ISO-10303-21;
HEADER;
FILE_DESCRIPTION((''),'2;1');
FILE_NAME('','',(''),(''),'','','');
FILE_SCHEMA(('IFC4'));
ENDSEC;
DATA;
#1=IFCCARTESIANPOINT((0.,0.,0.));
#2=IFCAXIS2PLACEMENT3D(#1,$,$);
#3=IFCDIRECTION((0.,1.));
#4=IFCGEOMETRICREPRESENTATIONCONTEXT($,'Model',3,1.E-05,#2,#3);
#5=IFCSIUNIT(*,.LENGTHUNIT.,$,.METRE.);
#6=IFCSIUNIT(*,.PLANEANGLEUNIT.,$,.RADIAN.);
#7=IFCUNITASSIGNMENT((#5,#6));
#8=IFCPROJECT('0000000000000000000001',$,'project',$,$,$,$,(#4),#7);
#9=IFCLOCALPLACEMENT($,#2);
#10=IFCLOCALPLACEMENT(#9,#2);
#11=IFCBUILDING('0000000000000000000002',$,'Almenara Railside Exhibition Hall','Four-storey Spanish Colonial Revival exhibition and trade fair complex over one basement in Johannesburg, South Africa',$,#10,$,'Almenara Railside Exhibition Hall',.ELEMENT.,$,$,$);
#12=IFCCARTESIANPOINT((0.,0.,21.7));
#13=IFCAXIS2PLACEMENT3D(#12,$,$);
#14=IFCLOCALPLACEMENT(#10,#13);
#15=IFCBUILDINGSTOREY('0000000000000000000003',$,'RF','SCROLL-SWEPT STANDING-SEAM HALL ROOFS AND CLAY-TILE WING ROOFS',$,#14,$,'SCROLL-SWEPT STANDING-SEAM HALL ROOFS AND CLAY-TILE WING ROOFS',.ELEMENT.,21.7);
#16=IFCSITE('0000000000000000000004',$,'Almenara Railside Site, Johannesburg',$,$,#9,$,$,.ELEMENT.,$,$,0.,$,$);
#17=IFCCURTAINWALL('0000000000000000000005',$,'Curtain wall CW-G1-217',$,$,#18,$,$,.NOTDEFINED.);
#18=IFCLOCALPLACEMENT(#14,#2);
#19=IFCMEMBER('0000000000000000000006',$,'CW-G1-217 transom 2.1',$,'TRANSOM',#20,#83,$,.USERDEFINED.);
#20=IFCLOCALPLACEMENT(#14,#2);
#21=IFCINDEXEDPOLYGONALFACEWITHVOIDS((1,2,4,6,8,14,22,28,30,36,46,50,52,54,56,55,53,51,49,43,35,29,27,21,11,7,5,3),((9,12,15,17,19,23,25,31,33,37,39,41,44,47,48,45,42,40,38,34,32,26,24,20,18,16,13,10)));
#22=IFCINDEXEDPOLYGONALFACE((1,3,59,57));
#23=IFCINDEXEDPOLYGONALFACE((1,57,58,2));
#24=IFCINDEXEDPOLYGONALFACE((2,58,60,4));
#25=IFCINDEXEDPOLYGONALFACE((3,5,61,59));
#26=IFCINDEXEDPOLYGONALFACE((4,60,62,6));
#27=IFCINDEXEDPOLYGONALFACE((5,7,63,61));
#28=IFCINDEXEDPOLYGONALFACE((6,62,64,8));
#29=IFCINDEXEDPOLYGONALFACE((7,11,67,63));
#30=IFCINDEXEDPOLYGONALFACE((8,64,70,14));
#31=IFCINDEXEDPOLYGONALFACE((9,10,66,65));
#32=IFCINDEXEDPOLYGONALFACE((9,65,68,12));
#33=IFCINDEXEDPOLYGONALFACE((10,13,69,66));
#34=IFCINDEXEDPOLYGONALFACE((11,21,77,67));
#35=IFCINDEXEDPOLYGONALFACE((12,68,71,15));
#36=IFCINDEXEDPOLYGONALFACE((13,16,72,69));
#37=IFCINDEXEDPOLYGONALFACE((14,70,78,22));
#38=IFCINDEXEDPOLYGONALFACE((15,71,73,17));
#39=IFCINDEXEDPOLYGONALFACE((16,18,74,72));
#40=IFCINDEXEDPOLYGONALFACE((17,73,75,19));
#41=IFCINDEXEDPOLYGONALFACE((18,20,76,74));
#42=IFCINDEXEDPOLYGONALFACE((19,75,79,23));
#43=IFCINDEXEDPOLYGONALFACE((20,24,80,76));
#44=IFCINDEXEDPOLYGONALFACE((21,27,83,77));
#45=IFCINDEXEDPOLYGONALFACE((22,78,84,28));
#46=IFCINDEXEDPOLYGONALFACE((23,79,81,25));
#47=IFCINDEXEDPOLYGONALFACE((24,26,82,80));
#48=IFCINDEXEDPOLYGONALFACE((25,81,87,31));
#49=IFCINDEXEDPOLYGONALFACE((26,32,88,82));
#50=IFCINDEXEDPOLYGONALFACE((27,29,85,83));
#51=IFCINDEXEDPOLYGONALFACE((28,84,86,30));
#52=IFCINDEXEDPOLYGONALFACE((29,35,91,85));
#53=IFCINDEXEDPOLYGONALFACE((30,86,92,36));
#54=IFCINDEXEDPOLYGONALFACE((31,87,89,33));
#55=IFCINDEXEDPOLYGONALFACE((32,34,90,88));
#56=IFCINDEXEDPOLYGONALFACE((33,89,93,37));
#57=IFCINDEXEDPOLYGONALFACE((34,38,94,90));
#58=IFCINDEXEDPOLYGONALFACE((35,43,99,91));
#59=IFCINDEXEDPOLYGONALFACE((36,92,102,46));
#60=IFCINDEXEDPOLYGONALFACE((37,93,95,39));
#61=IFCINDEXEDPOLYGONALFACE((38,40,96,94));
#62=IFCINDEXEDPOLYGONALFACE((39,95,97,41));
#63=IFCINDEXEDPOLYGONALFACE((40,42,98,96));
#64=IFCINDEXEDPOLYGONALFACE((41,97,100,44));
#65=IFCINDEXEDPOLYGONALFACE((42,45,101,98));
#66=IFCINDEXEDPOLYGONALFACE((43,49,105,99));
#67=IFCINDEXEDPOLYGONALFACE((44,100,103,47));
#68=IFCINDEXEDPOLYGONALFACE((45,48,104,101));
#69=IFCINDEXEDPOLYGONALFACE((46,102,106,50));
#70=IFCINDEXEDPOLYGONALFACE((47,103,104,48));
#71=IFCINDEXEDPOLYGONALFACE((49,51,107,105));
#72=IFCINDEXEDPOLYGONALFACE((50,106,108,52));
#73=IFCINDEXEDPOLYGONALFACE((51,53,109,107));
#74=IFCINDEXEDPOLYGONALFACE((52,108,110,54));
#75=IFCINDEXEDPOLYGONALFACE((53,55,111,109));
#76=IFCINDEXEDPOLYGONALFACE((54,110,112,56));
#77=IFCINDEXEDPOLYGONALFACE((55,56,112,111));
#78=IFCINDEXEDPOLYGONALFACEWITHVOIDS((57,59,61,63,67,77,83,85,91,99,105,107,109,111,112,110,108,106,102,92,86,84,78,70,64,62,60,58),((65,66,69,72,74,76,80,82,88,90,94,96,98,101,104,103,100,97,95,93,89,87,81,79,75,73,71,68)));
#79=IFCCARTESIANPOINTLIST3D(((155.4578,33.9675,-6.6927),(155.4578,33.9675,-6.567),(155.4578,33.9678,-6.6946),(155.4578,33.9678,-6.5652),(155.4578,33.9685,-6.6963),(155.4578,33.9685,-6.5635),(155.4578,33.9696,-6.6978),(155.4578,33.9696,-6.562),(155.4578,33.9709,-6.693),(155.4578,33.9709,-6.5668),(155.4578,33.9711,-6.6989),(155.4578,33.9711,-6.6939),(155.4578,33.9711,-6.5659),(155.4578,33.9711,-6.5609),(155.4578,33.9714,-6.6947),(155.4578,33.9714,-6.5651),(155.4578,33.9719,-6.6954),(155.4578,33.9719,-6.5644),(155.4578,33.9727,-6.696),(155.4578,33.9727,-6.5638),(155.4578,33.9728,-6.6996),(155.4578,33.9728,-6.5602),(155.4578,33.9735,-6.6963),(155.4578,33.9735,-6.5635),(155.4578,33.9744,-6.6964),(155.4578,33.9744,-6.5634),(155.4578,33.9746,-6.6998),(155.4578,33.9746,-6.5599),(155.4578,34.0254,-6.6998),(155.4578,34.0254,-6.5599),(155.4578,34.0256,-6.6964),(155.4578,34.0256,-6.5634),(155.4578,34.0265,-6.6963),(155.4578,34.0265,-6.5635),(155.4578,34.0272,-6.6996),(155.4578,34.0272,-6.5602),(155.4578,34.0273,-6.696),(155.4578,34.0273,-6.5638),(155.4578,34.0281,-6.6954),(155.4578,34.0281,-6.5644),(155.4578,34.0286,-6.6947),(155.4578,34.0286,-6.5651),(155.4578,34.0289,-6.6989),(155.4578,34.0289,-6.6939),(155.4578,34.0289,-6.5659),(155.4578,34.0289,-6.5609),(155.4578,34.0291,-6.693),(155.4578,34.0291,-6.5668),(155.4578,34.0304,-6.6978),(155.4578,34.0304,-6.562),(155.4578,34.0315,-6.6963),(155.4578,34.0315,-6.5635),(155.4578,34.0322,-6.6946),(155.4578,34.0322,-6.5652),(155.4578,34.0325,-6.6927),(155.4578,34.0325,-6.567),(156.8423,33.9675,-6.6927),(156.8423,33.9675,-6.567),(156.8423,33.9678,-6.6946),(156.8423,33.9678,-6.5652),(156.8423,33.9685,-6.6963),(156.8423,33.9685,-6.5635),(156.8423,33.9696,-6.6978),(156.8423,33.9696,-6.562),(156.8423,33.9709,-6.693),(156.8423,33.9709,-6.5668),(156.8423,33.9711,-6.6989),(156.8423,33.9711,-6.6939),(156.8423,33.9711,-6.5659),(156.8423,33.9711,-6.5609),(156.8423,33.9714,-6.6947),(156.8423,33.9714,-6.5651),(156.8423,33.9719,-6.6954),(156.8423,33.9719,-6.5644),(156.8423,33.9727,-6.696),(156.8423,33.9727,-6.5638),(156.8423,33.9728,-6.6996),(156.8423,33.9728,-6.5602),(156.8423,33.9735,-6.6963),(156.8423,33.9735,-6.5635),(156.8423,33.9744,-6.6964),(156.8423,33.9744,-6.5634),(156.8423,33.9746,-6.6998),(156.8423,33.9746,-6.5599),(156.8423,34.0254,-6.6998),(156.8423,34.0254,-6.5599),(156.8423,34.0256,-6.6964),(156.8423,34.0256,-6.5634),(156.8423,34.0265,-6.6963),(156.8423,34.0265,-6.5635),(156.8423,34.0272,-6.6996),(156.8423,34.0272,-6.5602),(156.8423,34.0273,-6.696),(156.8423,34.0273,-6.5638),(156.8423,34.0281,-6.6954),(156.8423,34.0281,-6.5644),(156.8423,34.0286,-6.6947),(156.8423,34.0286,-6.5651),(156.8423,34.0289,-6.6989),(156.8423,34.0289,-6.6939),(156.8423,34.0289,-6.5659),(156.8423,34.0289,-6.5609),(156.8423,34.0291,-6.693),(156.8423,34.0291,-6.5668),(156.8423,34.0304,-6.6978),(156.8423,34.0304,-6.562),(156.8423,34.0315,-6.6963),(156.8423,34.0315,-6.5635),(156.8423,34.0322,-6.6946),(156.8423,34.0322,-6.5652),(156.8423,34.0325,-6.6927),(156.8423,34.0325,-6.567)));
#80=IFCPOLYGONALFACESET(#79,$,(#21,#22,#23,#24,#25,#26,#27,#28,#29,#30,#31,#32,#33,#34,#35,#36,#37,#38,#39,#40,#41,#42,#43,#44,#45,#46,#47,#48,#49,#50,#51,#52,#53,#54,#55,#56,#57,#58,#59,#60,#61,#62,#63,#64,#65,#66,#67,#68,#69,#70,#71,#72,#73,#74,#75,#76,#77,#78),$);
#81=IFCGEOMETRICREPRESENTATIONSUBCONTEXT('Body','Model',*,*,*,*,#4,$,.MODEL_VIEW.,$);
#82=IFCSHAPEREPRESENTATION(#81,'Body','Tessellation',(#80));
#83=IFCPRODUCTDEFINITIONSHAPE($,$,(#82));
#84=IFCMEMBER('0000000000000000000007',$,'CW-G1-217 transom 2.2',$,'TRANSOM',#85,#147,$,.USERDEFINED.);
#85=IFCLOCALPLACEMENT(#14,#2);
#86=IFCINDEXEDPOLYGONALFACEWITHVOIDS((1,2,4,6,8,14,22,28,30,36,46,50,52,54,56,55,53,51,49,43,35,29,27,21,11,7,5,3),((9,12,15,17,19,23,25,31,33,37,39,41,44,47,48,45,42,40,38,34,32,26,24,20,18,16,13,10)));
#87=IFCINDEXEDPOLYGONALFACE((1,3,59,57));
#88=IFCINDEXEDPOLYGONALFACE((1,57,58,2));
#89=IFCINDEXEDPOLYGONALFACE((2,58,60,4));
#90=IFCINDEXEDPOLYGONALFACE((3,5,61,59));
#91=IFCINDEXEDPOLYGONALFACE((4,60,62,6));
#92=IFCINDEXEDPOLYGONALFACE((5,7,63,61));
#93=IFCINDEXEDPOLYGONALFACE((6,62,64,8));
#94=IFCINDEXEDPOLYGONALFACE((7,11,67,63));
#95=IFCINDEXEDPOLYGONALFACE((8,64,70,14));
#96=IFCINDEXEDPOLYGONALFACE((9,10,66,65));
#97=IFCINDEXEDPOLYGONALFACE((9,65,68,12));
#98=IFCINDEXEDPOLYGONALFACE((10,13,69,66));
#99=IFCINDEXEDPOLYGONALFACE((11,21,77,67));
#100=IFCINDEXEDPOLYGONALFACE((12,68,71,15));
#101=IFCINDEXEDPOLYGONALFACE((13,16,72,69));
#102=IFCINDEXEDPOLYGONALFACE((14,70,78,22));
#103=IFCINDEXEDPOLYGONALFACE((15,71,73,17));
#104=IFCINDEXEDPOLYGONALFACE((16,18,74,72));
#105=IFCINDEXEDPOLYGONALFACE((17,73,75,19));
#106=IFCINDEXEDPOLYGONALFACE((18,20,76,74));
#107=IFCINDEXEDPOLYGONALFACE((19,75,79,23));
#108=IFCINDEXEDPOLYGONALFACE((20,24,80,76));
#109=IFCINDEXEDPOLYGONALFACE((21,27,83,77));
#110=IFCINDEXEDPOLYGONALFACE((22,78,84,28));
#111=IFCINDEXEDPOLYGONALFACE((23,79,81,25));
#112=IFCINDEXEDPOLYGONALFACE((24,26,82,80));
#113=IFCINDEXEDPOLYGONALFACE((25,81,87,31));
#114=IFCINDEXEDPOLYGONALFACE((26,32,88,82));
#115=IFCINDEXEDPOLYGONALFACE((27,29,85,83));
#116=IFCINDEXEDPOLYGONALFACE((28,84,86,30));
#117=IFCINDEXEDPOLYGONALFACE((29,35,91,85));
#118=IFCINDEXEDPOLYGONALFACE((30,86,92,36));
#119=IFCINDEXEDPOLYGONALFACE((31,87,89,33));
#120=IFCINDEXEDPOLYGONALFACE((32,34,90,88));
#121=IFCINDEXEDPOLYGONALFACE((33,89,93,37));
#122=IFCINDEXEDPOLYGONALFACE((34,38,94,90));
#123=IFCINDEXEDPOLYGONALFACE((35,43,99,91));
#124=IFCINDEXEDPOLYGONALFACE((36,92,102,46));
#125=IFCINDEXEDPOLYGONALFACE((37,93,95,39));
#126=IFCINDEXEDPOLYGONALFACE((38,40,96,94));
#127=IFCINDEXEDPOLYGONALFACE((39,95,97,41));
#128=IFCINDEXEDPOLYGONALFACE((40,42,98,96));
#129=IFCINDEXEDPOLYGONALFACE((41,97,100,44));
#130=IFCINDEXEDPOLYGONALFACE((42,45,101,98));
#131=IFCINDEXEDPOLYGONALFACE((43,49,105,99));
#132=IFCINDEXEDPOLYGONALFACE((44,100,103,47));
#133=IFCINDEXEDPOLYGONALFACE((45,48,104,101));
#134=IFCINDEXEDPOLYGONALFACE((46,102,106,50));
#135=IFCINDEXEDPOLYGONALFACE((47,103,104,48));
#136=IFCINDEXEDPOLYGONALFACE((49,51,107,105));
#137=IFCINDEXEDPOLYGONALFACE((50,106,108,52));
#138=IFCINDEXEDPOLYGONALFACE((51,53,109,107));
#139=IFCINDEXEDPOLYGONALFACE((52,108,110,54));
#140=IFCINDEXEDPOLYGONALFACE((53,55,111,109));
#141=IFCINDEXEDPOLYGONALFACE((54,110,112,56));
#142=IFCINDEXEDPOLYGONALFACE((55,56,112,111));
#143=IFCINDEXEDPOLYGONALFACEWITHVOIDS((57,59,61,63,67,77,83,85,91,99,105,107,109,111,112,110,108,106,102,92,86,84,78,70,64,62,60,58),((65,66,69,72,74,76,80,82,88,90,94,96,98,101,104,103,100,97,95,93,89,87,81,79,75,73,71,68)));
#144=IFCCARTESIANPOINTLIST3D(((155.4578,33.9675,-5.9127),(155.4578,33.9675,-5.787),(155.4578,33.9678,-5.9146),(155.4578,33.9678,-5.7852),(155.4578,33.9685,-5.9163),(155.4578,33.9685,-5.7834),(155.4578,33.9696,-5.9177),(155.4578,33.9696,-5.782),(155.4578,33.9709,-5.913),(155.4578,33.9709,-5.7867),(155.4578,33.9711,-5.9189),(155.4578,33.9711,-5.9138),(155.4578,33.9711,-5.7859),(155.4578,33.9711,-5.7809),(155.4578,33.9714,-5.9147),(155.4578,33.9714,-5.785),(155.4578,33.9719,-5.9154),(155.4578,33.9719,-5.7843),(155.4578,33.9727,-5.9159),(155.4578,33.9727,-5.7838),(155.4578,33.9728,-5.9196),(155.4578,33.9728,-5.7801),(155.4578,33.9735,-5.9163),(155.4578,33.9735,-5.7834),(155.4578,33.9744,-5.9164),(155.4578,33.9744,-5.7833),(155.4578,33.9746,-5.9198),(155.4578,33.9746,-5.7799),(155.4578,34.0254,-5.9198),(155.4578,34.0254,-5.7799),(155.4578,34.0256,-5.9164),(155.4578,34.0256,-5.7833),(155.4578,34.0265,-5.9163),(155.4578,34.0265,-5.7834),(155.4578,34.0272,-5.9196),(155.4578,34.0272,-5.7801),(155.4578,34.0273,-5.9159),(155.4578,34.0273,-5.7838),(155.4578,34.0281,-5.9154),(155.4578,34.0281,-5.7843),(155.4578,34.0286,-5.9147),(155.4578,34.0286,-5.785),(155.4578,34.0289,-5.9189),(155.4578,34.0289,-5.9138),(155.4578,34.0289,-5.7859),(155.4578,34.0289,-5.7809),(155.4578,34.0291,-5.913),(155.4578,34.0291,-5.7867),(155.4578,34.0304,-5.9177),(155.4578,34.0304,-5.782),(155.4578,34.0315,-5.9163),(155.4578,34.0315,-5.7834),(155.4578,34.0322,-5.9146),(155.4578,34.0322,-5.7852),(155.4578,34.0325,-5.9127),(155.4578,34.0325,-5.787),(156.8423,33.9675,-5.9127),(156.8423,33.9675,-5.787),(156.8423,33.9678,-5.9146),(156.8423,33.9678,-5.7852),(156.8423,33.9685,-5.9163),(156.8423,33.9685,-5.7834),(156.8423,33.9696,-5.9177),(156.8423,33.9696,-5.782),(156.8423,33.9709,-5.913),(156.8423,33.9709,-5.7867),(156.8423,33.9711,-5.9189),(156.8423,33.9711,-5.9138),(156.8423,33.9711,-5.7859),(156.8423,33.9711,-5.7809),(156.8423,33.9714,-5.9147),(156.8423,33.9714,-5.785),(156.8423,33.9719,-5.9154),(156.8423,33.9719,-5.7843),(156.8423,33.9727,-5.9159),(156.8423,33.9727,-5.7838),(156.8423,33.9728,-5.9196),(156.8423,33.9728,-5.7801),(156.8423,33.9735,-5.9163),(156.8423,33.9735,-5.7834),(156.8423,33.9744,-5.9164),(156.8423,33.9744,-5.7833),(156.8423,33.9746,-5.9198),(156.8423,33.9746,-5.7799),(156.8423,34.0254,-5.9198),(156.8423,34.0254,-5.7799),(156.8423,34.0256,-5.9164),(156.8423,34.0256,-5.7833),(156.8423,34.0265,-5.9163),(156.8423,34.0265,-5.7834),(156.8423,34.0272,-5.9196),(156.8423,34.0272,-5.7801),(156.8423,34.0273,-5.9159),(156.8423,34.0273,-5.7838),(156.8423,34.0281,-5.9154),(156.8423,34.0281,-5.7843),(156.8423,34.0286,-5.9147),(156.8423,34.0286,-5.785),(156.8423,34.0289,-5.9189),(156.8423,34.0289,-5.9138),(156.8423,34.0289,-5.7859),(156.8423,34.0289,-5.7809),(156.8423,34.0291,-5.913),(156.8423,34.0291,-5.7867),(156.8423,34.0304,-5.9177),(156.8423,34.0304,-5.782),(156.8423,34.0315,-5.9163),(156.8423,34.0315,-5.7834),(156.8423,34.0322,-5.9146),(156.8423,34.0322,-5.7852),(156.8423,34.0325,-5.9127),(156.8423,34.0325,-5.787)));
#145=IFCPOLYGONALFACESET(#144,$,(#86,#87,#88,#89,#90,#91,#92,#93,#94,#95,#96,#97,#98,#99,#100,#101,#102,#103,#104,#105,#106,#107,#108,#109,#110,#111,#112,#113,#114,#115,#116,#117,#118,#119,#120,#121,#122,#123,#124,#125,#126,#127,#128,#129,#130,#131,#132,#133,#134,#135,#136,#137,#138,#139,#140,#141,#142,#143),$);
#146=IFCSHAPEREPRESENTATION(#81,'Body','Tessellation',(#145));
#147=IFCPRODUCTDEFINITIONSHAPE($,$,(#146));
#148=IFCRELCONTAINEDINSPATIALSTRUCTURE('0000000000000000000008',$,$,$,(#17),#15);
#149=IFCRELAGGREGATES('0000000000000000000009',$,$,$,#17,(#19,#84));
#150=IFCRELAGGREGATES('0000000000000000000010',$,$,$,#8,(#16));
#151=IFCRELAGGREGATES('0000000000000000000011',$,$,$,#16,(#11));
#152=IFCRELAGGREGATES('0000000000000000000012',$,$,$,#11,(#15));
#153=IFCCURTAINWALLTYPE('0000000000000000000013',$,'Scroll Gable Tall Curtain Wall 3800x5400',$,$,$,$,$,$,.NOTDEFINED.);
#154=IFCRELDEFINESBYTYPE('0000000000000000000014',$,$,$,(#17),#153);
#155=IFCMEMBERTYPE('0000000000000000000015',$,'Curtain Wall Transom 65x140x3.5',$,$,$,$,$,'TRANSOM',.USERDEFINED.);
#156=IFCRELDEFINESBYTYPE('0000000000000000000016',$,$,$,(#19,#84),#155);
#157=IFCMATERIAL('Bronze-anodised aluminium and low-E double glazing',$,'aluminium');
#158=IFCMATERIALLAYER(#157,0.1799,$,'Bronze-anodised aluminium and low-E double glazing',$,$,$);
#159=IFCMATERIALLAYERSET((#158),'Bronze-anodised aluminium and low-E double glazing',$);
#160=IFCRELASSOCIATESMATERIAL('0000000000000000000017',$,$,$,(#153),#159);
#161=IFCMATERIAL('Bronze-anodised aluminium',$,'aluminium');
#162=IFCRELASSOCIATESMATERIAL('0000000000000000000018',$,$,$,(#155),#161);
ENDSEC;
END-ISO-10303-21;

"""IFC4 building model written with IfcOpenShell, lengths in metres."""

from ifc_helpers import new_model, si_unit, direction, frame, origin, origin_2d, place, context, subcontext, project, spatial, hollow_rectangle, extrude, material, layer, layer_set, material_profile, profile_set, type_object, element, aggregate, save


model = new_model("IFC4")

# Units and contexts
model_context = context("Model", 3, precision=1e-05, world=origin(), true_north=direction((0.0, 1.0)))
body_context = subcontext(model_context, "Body", "Model", "MODEL_VIEW")
ifc_project = project(units=[si_unit("LENGTHUNIT", "METRE"), si_unit("PLANEANGLEUNIT", "RADIAN")], contexts=[model_context])

# Site, building, storey
site_placement = place(None, origin())
site = spatial("IfcSite", under=ifc_project, at=site_placement, Name="Almenara Railside Site, Johannesburg", CompositionType="ELEMENT", RefElevation=0.0)
building_placement = place(site_placement, origin())
building = spatial("IfcBuilding", under=site, at=building_placement, Name="Almenara Railside Exhibition Hall", Description="Four-storey Spanish Colonial Revival exhibition and trade fair complex over one basement in Johannesburg, South Africa", LongName="Almenara Railside Exhibition Hall", CompositionType="ELEMENT")
storey_placement = place(building_placement, frame((0.0, 0.0, 21.7)))
storey = spatial("IfcBuildingStorey", under=building, at=storey_placement, Name="RF", Description="SCROLL-SWEPT STANDING-SEAM HALL ROOFS AND CLAY-TILE WING ROOFS", LongName="SCROLL-SWEPT STANDING-SEAM HALL ROOFS AND CLAY-TILE WING ROOFS", CompositionType="ELEMENT", Elevation=21.7)

# Curtain wall
ifc_material_1 = material(Name="Bronze-anodised aluminium and low-E double glazing", Category="aluminium")
ifc_layer_1 = layer(ifc_material_1, 0.1799, Name="Bronze-anodised aluminium and low-E double glazing")
ifc_layer_set_1 = layer_set([ifc_layer_1], Name="Bronze-anodised aluminium and low-E double glazing")
curtain_wall_type = type_object("IfcCurtainWallType", Name="Scroll Gable Tall Curtain Wall 3800x5400", PredefinedType="NOTDEFINED", material=ifc_layer_set_1)
ifc_material_2 = material(Name="Bronze-anodised aluminium", Category="aluminium")
curtain_wall_1_placement = place(storey_placement, origin())
curtain_wall_1 = element("IfcCurtainWall", 1, at=curtain_wall_1_placement, inside=storey, type_object=curtain_wall_type, Name="Curtain wall CW-G1-217", PredefinedType="NOTDEFINED")

# Members
ifc_material_profile_1 = material_profile(ifc_material_2, hollow_rectangle(XDim=0.0649, YDim=0.1399, WallThickness=0.0034, InnerFilletRadius=0.0034, OuterFilletRadius=0.0071, at=origin_2d()), Name="ALU-TRN 65x140x3.5")
ifc_profile_set_1 = profile_set([ifc_material_profile_1], Name="Bronze-anodised aluminium")
member_type_1 = type_object("IfcMemberType", Name="Curtain Wall Transom 65x140x3.5", ElementType="TRANSOM", PredefinedType="USERDEFINED", material=ifc_profile_set_1)
member_1_placement = place(storey_placement, frame((155.4578, 34.0, -6.6299), z_axis=(1.0, 0.0, 0.0), x_axis=(0.0, 1.0, 0.0)))
member_1 = element("IfcMember", 2, at=member_1_placement, type_object=member_type_1, Name="CW-G1-217 transom 2.1", ObjectType="TRANSOM", PredefinedType="USERDEFINED", context=body_context, shape_type="SweptSolid", body=[
    extrude(hollow_rectangle(XDim=0.0649, YDim=0.1399, WallThickness=0.0034, InnerFilletRadius=0.0034, OuterFilletRadius=0.0071, at=origin_2d()), origin(), (0.0, 0.0, 1.0), 1.3845),
])
member_2_placement = place(storey_placement, frame((155.4578, 34.0, -5.8499), z_axis=(1.0, 0.0, 0.0), x_axis=(0.0, 1.0, 0.0)))
member_2 = element("IfcMember", 3, at=member_2_placement, type_object=member_type_1, Name="CW-G1-217 transom 2.2", ObjectType="TRANSOM", PredefinedType="USERDEFINED", context=body_context, shape_type="SweptSolid", body=[
    extrude(hollow_rectangle(XDim=0.0649, YDim=0.1399, WallThickness=0.0034, InnerFilletRadius=0.0034, OuterFilletRadius=0.0071, at=origin_2d()), origin(), (0.0, 0.0, 1.0), 1.3845),
])

aggregate(curtain_wall_1, [member_1, member_2])

save(model, "model.ifc")
